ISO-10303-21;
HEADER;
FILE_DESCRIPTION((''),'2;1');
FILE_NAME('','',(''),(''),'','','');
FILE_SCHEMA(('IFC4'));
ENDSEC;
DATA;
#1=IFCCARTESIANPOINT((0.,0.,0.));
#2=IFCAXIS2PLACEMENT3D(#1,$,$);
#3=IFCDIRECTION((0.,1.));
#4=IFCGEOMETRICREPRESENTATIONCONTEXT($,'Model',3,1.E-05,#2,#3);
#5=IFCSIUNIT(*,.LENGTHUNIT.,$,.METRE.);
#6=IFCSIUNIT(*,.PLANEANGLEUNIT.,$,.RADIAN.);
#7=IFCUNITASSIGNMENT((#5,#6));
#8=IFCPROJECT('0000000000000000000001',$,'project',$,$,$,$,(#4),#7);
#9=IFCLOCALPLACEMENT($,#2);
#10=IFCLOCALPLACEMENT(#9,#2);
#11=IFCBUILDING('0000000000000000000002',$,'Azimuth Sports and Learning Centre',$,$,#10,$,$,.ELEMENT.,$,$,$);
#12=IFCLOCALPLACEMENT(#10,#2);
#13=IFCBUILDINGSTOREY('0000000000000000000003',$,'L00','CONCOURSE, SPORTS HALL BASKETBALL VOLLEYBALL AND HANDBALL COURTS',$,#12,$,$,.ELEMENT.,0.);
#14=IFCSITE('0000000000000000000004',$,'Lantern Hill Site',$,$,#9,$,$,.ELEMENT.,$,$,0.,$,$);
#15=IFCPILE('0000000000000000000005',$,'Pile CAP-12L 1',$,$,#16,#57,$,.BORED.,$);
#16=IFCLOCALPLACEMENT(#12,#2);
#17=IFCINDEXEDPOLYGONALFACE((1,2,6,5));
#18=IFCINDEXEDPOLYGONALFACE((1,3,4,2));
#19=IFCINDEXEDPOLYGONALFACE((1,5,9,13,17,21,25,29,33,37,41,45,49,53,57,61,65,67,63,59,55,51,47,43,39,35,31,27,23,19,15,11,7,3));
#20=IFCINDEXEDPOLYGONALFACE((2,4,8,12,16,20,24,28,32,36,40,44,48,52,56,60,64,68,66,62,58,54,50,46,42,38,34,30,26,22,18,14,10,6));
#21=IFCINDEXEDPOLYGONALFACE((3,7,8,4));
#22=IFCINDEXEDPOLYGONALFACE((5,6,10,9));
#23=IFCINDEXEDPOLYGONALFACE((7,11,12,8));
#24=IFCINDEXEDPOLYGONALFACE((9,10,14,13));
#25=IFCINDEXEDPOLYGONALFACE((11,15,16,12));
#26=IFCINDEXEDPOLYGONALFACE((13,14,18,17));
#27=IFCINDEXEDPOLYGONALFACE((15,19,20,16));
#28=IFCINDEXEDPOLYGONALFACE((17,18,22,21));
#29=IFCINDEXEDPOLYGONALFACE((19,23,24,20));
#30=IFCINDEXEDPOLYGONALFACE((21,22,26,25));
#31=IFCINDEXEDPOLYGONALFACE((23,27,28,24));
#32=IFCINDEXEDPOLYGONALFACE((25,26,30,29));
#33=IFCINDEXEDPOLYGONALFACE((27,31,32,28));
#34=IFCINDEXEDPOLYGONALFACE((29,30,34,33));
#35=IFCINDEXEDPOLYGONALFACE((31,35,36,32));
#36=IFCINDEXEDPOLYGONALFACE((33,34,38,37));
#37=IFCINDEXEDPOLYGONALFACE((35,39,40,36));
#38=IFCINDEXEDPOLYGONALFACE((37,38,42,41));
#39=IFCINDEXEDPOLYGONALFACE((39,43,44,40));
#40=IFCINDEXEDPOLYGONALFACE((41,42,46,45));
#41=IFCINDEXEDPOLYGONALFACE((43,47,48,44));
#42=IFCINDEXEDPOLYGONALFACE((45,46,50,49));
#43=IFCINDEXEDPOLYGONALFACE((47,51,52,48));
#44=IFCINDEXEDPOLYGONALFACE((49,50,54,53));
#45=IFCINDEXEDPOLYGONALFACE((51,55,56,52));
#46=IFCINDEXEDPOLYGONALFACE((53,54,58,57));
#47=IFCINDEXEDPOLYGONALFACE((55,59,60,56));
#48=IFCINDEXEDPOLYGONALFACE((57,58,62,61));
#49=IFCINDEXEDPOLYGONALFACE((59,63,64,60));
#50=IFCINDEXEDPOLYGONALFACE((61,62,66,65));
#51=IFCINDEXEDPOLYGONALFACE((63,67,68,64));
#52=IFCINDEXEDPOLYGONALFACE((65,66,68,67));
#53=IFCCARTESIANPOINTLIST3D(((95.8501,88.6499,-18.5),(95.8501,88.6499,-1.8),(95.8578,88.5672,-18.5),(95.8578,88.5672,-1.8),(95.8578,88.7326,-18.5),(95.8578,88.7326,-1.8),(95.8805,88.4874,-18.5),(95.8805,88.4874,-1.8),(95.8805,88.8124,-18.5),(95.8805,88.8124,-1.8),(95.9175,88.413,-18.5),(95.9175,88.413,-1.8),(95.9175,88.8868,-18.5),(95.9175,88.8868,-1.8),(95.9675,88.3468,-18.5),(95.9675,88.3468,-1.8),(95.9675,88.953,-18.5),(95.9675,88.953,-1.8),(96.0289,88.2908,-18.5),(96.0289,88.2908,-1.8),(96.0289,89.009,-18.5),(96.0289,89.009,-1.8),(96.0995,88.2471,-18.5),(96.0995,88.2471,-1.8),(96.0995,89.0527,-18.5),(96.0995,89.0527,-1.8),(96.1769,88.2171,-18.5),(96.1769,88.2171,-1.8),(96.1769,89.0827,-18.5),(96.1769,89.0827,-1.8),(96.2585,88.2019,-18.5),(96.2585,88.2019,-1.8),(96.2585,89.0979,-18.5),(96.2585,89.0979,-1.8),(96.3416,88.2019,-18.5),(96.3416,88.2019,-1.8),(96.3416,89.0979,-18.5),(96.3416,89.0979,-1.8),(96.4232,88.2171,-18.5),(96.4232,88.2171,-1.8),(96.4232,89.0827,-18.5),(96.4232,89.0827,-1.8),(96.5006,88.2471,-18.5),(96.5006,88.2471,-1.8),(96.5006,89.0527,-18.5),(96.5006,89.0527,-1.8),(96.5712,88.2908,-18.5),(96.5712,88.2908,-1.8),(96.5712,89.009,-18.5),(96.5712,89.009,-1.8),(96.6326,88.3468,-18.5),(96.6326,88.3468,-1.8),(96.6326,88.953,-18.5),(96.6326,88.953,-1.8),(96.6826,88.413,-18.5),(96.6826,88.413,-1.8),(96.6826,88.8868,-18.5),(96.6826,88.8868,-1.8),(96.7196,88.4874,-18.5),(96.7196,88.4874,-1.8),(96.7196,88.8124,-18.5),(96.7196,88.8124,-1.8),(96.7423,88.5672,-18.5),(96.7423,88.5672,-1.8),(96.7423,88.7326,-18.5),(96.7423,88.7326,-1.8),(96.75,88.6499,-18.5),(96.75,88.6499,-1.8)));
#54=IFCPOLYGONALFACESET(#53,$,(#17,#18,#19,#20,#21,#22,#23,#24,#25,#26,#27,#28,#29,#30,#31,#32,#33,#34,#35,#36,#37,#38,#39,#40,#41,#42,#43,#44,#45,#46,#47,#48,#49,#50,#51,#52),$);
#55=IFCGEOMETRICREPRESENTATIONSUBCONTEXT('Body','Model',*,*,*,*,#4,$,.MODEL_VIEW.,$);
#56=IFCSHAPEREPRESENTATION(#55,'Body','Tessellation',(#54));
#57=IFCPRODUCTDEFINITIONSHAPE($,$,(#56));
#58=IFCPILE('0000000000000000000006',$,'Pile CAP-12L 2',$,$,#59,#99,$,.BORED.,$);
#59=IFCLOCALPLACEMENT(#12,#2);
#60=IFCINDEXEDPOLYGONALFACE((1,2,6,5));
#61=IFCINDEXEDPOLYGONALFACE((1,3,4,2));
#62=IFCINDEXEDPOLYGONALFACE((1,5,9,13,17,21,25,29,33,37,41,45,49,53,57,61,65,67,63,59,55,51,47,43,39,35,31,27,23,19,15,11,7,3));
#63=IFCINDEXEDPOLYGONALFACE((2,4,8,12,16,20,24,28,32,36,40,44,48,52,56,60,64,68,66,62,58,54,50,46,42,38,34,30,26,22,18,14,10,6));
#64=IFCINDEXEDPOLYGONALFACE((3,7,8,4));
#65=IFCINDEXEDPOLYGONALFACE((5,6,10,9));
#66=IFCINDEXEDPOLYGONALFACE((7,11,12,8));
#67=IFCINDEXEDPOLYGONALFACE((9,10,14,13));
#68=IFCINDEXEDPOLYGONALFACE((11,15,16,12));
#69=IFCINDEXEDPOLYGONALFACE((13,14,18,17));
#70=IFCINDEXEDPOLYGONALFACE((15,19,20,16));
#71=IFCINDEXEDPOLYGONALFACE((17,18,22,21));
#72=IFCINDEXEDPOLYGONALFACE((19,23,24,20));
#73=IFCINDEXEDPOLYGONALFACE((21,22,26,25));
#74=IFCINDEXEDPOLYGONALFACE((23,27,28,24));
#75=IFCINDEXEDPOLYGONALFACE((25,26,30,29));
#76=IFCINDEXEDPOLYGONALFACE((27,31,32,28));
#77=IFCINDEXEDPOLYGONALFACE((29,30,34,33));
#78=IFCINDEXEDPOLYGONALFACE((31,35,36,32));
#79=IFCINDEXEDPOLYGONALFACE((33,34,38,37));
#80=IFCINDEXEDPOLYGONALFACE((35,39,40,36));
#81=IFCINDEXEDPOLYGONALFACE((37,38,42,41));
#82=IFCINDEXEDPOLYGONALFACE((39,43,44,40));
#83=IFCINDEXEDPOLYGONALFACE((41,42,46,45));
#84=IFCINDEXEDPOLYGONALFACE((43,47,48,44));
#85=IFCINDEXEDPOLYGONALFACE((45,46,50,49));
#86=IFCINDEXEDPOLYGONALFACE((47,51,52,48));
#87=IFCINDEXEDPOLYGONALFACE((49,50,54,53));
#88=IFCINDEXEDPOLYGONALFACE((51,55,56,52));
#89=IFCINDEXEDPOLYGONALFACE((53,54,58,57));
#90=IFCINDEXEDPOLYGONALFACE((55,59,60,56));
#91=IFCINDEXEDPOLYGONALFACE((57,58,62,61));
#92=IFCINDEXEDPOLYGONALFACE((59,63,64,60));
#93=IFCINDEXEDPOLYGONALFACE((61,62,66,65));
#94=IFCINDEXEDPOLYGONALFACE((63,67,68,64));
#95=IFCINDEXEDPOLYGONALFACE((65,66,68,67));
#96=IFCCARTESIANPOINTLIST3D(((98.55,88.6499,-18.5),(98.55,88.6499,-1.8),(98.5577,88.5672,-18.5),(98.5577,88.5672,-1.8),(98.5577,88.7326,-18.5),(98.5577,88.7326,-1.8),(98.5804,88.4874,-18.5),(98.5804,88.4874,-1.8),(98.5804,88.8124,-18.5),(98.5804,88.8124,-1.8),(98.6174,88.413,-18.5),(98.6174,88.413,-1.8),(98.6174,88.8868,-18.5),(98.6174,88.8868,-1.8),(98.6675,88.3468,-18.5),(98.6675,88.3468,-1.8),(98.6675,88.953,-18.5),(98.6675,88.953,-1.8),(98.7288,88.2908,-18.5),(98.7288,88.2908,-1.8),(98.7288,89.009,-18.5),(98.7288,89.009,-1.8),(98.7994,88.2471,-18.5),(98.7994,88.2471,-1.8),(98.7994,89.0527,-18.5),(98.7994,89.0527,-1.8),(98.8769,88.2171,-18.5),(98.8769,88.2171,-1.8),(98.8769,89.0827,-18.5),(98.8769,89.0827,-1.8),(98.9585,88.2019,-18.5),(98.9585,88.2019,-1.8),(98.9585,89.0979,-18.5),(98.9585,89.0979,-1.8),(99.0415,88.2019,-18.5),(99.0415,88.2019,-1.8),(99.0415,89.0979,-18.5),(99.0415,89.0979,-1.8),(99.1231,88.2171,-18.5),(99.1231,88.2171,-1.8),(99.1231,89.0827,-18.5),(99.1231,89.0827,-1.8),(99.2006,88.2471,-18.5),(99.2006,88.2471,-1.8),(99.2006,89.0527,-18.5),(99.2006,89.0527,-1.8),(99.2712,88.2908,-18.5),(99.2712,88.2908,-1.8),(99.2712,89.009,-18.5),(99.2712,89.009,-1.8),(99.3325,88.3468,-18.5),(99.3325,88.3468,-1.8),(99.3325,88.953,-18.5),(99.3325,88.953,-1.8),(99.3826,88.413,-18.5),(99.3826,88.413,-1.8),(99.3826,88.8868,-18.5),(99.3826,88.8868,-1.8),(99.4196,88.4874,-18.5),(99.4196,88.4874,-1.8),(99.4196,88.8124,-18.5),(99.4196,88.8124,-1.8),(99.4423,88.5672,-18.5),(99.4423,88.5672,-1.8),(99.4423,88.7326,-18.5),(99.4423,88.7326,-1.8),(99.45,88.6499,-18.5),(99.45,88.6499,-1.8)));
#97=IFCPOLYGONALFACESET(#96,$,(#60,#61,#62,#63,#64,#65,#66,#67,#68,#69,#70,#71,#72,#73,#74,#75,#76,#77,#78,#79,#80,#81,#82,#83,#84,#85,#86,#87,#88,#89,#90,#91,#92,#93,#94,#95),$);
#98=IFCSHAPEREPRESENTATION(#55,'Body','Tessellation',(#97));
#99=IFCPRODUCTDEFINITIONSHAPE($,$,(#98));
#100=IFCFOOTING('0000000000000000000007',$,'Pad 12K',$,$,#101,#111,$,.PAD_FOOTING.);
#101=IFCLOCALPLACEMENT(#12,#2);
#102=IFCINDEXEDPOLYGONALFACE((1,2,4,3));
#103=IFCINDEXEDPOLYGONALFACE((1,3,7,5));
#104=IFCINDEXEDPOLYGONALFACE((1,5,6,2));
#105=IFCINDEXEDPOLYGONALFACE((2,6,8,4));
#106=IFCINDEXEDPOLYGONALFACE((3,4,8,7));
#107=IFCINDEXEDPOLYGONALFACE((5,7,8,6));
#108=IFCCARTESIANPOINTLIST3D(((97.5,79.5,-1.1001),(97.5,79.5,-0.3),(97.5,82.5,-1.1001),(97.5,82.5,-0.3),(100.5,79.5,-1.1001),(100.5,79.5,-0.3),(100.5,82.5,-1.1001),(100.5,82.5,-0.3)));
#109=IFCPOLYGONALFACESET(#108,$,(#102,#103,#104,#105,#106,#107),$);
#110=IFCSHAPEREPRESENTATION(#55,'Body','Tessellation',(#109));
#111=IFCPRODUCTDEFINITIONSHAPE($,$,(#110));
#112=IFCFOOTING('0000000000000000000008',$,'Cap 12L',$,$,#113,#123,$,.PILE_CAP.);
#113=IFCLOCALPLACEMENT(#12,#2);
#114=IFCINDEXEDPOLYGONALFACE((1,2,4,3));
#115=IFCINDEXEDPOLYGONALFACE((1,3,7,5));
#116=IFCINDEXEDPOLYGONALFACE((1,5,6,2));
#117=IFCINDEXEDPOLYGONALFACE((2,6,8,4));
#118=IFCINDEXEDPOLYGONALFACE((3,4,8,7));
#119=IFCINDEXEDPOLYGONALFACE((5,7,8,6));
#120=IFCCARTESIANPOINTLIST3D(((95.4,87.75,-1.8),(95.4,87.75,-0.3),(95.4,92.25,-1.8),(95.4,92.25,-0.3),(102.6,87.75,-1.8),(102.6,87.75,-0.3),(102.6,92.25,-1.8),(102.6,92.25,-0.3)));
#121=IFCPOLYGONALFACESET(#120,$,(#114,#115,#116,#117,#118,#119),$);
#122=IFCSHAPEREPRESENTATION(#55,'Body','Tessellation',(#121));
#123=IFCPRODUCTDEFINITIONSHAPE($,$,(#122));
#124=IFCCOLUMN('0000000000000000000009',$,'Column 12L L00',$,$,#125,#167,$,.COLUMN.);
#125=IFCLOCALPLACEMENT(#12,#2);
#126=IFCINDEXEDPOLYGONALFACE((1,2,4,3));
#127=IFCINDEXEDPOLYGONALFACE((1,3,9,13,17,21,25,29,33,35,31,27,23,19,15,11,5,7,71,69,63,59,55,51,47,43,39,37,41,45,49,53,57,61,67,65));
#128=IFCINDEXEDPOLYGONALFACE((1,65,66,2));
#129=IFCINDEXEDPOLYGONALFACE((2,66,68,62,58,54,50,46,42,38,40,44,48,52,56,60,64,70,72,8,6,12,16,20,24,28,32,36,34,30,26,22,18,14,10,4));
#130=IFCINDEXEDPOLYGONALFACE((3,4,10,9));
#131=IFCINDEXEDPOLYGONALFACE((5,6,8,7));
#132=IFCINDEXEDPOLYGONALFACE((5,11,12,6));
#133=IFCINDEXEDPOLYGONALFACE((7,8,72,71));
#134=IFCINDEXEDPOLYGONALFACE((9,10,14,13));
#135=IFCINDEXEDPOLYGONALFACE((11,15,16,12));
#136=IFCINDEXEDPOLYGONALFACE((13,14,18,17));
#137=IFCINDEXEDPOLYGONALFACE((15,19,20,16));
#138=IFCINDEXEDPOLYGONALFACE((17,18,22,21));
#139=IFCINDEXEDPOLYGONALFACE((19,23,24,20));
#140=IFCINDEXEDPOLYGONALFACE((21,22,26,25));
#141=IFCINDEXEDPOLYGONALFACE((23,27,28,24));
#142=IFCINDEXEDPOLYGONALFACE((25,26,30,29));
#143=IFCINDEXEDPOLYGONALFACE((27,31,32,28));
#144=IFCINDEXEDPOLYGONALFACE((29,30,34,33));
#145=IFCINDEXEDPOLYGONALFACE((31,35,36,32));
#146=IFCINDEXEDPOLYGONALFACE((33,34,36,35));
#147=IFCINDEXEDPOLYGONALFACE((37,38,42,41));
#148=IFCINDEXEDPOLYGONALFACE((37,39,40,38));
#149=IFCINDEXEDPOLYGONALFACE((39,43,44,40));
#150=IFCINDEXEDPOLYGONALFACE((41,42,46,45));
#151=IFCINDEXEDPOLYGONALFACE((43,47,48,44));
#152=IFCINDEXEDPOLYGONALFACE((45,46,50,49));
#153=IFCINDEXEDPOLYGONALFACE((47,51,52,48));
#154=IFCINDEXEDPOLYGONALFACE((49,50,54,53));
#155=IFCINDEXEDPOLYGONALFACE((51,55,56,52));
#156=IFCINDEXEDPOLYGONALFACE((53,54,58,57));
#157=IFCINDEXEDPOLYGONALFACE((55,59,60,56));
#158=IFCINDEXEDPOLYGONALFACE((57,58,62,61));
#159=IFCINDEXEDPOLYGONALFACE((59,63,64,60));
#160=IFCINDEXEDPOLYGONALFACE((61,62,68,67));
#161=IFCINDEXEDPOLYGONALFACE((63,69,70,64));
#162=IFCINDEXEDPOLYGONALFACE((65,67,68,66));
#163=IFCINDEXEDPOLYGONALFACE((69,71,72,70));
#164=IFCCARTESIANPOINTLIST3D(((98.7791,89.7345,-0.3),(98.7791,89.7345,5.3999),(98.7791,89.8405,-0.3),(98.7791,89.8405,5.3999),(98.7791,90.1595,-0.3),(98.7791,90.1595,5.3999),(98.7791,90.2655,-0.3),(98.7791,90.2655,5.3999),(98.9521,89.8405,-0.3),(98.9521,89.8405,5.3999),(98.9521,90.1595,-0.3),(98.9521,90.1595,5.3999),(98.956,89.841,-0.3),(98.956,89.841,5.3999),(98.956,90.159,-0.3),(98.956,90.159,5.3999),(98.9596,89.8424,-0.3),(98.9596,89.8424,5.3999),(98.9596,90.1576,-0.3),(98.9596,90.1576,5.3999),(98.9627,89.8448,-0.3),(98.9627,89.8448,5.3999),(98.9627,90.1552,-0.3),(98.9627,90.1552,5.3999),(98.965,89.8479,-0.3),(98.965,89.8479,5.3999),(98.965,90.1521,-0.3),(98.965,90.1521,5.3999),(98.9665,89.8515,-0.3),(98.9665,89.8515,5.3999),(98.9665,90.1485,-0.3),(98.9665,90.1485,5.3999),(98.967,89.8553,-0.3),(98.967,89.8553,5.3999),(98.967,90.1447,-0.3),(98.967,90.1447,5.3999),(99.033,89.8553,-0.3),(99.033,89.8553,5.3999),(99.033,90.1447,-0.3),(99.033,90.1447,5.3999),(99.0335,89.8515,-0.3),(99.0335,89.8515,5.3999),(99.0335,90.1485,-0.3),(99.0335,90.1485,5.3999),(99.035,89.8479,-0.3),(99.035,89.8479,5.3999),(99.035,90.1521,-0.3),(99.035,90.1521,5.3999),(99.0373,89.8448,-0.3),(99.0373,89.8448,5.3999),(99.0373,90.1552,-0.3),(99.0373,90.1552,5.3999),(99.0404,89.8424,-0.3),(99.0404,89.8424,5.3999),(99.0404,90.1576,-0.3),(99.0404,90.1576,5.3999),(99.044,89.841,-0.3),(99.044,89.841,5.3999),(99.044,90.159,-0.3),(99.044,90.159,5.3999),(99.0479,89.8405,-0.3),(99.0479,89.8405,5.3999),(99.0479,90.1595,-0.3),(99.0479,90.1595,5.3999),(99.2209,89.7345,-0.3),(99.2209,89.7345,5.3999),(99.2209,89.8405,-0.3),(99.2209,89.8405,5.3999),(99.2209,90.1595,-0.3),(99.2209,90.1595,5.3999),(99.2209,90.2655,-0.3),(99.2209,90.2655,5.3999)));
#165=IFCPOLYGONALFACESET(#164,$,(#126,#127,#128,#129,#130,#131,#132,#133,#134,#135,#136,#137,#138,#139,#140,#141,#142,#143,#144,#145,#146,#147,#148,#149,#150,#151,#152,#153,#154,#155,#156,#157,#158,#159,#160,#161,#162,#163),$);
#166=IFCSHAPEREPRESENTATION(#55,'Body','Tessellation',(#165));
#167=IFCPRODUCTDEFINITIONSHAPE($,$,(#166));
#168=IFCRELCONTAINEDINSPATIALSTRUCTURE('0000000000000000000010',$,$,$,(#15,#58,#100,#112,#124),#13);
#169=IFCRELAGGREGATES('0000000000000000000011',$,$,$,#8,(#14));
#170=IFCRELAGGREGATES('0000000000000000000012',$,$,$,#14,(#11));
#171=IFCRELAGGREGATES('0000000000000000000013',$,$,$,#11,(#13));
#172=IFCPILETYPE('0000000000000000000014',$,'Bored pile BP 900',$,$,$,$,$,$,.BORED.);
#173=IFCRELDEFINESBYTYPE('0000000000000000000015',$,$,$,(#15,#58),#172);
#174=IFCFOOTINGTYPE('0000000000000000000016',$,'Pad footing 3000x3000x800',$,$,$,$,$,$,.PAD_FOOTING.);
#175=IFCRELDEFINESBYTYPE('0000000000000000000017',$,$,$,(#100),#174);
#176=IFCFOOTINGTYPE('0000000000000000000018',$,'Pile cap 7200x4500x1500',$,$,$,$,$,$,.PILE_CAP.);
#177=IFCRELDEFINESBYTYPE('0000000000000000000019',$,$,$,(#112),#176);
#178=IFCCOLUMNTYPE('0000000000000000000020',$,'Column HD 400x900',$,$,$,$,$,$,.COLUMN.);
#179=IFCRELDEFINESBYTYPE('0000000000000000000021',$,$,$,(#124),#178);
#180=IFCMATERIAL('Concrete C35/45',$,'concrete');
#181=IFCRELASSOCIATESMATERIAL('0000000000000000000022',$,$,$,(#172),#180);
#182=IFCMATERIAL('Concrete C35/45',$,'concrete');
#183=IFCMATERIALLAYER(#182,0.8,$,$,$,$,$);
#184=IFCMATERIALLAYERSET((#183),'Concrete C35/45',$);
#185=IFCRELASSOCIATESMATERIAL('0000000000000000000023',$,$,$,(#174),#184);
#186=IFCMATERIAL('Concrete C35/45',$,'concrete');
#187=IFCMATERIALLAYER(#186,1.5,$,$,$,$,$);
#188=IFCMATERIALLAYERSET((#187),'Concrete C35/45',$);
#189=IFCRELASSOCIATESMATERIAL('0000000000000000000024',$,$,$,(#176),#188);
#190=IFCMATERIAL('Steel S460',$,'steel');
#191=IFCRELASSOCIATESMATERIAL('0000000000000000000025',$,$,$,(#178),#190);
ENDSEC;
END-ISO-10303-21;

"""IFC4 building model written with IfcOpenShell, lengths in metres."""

from ifc_helpers import new_model, si_unit, direction, frame, origin, origin_2d, place, context, subcontext, project, spatial, rectangle, circle, i_section, extrude, material, layer, layer_set, material_profile, profile_set, type_object, element, save


model = new_model("IFC4")

# Units and contexts
model_context = context("Model", 3, precision=1e-05, world=origin(), true_north=direction((0.0, 1.0)))
body_context = subcontext(model_context, "Body", "Model", "MODEL_VIEW")
ifc_project = project(units=[si_unit("LENGTHUNIT", "METRE"), si_unit("PLANEANGLEUNIT", "RADIAN")], contexts=[model_context])

# Site, building, storey
site_placement = place(None, origin())
site = spatial("IfcSite", under=ifc_project, at=site_placement, Name="Lantern Hill Site", CompositionType="ELEMENT", RefElevation=0.0)
building_placement = place(site_placement, origin())
building = spatial("IfcBuilding", under=site, at=building_placement, Name="Azimuth Sports and Learning Centre", CompositionType="ELEMENT")
storey_placement = place(building_placement, origin())
storey = spatial("IfcBuildingStorey", under=building, at=storey_placement, Name="L00", Description="CONCOURSE, SPORTS HALL BASKETBALL VOLLEYBALL AND HANDBALL COURTS", CompositionType="ELEMENT", Elevation=0.0)

# Piles
ifc_material_1 = material(Name="Concrete C35/45", Category="concrete")
ifc_material_profile_1 = material_profile(ifc_material_1, circle(Radius=0.45, at=origin_2d()), Name="BP 900")
ifc_profile_set_1 = profile_set([ifc_material_profile_1], Name="Concrete C35/45")
pile_type = type_object("IfcPileType", Name="Bored pile BP 900", PredefinedType="BORED", material=ifc_profile_set_1)
for number, where, z_axis, x_axis, name in (
    (1, (96.3, 88.6499, -1.8), (0.0, 0.0, -1.0), (1.0, 0.0, 0.0), "Pile CAP-12L 1"),
    (2, (99.0, 88.6499, -1.8), (0.0, 0.0, -1.0), (1.0, 0.0, 0.0), "Pile CAP-12L 2"),
):
    element("IfcPile", number, at=place(storey_placement, frame(where, z_axis=z_axis, x_axis=x_axis)), inside=storey, type_object=pile_type, Name=name, PredefinedType="BORED", context=body_context, shape_type="SweptSolid", body=[
        extrude(circle(Radius=0.45, at=origin_2d()), origin(), (0.0, 0.0, 1.0), 16.7),
    ])

# Footings
ifc_material_2 = material(Name="Concrete C35/45", Category="concrete")
ifc_layer_1 = layer(ifc_material_2, 0.8)
ifc_layer_set_1 = layer_set([ifc_layer_1], Name="Concrete C35/45")
footing_type_1 = type_object("IfcFootingType", Name="Pad footing 3000x3000x800", PredefinedType="PAD_FOOTING", material=ifc_layer_set_1)
footing_1_placement = place(storey_placement, frame((99.0, 81.0, -1.1001), z_axis=(0.0, 0.0, 1.0), x_axis=(1.0, 0.0, 0.0)))
element("IfcFooting", 3, at=footing_1_placement, inside=storey, type_object=footing_type_1, Name="Pad 12K", PredefinedType="PAD_FOOTING", context=body_context, shape_type="SweptSolid", body=[
    extrude(rectangle(XDim=3.0, YDim=3.0, at=origin_2d()), origin(), (0.0, 0.0, 1.0), 0.8),
])
ifc_material_3 = material(Name="Concrete C35/45", Category="concrete")
ifc_layer_2 = layer(ifc_material_3, 1.5)
ifc_layer_set_2 = layer_set([ifc_layer_2], Name="Concrete C35/45")
footing_type_2 = type_object("IfcFootingType", Name="Pile cap 7200x4500x1500", PredefinedType="PILE_CAP", material=ifc_layer_set_2)
footing_2_placement = place(storey_placement, frame((99.0, 90.0, -1.8), z_axis=(0.0, 0.0, 1.0), x_axis=(1.0, 0.0, 0.0)))
element("IfcFooting", 4, at=footing_2_placement, inside=storey, type_object=footing_type_2, Name="Cap 12L", PredefinedType="PILE_CAP", context=body_context, shape_type="SweptSolid", body=[
    extrude(rectangle(XDim=7.2, YDim=4.5, at=origin_2d()), origin(), (0.0, 0.0, 1.0), 1.5),
])

# Column
ifc_material_4 = material(Name="Steel S460", Category="steel")
ifc_material_profile_2 = material_profile(ifc_material_4, i_section(OverallWidth=0.4419, OverallDepth=0.531, WebThickness=0.0659, FlangeThickness=0.106, FilletRadius=0.0149, at=origin_2d()), Name="HD 400x900")
ifc_profile_set_2 = profile_set([ifc_material_profile_2], Name="Steel S460")
column_type_1 = type_object("IfcColumnType", Name="Column HD 400x900", PredefinedType="COLUMN", material=ifc_profile_set_2)
column_1_placement = place(storey_placement, frame((99.0, 90.0, -0.3), z_axis=(0.0, 0.0, 1.0), x_axis=(1.0, 0.0, 0.0)))
element("IfcColumn", 5, at=column_1_placement, inside=storey, type_object=column_type_1, Name="Column 12L L00", PredefinedType="COLUMN", context=body_context, shape_type="SweptSolid", body=[
    extrude(i_section(OverallWidth=0.4419, OverallDepth=0.531, WebThickness=0.0659, FlangeThickness=0.106, FilletRadius=0.0149, at=origin_2d()), origin(), (0.0, 0.0, 1.0), 5.7),
])

save(model, "model.ifc")
